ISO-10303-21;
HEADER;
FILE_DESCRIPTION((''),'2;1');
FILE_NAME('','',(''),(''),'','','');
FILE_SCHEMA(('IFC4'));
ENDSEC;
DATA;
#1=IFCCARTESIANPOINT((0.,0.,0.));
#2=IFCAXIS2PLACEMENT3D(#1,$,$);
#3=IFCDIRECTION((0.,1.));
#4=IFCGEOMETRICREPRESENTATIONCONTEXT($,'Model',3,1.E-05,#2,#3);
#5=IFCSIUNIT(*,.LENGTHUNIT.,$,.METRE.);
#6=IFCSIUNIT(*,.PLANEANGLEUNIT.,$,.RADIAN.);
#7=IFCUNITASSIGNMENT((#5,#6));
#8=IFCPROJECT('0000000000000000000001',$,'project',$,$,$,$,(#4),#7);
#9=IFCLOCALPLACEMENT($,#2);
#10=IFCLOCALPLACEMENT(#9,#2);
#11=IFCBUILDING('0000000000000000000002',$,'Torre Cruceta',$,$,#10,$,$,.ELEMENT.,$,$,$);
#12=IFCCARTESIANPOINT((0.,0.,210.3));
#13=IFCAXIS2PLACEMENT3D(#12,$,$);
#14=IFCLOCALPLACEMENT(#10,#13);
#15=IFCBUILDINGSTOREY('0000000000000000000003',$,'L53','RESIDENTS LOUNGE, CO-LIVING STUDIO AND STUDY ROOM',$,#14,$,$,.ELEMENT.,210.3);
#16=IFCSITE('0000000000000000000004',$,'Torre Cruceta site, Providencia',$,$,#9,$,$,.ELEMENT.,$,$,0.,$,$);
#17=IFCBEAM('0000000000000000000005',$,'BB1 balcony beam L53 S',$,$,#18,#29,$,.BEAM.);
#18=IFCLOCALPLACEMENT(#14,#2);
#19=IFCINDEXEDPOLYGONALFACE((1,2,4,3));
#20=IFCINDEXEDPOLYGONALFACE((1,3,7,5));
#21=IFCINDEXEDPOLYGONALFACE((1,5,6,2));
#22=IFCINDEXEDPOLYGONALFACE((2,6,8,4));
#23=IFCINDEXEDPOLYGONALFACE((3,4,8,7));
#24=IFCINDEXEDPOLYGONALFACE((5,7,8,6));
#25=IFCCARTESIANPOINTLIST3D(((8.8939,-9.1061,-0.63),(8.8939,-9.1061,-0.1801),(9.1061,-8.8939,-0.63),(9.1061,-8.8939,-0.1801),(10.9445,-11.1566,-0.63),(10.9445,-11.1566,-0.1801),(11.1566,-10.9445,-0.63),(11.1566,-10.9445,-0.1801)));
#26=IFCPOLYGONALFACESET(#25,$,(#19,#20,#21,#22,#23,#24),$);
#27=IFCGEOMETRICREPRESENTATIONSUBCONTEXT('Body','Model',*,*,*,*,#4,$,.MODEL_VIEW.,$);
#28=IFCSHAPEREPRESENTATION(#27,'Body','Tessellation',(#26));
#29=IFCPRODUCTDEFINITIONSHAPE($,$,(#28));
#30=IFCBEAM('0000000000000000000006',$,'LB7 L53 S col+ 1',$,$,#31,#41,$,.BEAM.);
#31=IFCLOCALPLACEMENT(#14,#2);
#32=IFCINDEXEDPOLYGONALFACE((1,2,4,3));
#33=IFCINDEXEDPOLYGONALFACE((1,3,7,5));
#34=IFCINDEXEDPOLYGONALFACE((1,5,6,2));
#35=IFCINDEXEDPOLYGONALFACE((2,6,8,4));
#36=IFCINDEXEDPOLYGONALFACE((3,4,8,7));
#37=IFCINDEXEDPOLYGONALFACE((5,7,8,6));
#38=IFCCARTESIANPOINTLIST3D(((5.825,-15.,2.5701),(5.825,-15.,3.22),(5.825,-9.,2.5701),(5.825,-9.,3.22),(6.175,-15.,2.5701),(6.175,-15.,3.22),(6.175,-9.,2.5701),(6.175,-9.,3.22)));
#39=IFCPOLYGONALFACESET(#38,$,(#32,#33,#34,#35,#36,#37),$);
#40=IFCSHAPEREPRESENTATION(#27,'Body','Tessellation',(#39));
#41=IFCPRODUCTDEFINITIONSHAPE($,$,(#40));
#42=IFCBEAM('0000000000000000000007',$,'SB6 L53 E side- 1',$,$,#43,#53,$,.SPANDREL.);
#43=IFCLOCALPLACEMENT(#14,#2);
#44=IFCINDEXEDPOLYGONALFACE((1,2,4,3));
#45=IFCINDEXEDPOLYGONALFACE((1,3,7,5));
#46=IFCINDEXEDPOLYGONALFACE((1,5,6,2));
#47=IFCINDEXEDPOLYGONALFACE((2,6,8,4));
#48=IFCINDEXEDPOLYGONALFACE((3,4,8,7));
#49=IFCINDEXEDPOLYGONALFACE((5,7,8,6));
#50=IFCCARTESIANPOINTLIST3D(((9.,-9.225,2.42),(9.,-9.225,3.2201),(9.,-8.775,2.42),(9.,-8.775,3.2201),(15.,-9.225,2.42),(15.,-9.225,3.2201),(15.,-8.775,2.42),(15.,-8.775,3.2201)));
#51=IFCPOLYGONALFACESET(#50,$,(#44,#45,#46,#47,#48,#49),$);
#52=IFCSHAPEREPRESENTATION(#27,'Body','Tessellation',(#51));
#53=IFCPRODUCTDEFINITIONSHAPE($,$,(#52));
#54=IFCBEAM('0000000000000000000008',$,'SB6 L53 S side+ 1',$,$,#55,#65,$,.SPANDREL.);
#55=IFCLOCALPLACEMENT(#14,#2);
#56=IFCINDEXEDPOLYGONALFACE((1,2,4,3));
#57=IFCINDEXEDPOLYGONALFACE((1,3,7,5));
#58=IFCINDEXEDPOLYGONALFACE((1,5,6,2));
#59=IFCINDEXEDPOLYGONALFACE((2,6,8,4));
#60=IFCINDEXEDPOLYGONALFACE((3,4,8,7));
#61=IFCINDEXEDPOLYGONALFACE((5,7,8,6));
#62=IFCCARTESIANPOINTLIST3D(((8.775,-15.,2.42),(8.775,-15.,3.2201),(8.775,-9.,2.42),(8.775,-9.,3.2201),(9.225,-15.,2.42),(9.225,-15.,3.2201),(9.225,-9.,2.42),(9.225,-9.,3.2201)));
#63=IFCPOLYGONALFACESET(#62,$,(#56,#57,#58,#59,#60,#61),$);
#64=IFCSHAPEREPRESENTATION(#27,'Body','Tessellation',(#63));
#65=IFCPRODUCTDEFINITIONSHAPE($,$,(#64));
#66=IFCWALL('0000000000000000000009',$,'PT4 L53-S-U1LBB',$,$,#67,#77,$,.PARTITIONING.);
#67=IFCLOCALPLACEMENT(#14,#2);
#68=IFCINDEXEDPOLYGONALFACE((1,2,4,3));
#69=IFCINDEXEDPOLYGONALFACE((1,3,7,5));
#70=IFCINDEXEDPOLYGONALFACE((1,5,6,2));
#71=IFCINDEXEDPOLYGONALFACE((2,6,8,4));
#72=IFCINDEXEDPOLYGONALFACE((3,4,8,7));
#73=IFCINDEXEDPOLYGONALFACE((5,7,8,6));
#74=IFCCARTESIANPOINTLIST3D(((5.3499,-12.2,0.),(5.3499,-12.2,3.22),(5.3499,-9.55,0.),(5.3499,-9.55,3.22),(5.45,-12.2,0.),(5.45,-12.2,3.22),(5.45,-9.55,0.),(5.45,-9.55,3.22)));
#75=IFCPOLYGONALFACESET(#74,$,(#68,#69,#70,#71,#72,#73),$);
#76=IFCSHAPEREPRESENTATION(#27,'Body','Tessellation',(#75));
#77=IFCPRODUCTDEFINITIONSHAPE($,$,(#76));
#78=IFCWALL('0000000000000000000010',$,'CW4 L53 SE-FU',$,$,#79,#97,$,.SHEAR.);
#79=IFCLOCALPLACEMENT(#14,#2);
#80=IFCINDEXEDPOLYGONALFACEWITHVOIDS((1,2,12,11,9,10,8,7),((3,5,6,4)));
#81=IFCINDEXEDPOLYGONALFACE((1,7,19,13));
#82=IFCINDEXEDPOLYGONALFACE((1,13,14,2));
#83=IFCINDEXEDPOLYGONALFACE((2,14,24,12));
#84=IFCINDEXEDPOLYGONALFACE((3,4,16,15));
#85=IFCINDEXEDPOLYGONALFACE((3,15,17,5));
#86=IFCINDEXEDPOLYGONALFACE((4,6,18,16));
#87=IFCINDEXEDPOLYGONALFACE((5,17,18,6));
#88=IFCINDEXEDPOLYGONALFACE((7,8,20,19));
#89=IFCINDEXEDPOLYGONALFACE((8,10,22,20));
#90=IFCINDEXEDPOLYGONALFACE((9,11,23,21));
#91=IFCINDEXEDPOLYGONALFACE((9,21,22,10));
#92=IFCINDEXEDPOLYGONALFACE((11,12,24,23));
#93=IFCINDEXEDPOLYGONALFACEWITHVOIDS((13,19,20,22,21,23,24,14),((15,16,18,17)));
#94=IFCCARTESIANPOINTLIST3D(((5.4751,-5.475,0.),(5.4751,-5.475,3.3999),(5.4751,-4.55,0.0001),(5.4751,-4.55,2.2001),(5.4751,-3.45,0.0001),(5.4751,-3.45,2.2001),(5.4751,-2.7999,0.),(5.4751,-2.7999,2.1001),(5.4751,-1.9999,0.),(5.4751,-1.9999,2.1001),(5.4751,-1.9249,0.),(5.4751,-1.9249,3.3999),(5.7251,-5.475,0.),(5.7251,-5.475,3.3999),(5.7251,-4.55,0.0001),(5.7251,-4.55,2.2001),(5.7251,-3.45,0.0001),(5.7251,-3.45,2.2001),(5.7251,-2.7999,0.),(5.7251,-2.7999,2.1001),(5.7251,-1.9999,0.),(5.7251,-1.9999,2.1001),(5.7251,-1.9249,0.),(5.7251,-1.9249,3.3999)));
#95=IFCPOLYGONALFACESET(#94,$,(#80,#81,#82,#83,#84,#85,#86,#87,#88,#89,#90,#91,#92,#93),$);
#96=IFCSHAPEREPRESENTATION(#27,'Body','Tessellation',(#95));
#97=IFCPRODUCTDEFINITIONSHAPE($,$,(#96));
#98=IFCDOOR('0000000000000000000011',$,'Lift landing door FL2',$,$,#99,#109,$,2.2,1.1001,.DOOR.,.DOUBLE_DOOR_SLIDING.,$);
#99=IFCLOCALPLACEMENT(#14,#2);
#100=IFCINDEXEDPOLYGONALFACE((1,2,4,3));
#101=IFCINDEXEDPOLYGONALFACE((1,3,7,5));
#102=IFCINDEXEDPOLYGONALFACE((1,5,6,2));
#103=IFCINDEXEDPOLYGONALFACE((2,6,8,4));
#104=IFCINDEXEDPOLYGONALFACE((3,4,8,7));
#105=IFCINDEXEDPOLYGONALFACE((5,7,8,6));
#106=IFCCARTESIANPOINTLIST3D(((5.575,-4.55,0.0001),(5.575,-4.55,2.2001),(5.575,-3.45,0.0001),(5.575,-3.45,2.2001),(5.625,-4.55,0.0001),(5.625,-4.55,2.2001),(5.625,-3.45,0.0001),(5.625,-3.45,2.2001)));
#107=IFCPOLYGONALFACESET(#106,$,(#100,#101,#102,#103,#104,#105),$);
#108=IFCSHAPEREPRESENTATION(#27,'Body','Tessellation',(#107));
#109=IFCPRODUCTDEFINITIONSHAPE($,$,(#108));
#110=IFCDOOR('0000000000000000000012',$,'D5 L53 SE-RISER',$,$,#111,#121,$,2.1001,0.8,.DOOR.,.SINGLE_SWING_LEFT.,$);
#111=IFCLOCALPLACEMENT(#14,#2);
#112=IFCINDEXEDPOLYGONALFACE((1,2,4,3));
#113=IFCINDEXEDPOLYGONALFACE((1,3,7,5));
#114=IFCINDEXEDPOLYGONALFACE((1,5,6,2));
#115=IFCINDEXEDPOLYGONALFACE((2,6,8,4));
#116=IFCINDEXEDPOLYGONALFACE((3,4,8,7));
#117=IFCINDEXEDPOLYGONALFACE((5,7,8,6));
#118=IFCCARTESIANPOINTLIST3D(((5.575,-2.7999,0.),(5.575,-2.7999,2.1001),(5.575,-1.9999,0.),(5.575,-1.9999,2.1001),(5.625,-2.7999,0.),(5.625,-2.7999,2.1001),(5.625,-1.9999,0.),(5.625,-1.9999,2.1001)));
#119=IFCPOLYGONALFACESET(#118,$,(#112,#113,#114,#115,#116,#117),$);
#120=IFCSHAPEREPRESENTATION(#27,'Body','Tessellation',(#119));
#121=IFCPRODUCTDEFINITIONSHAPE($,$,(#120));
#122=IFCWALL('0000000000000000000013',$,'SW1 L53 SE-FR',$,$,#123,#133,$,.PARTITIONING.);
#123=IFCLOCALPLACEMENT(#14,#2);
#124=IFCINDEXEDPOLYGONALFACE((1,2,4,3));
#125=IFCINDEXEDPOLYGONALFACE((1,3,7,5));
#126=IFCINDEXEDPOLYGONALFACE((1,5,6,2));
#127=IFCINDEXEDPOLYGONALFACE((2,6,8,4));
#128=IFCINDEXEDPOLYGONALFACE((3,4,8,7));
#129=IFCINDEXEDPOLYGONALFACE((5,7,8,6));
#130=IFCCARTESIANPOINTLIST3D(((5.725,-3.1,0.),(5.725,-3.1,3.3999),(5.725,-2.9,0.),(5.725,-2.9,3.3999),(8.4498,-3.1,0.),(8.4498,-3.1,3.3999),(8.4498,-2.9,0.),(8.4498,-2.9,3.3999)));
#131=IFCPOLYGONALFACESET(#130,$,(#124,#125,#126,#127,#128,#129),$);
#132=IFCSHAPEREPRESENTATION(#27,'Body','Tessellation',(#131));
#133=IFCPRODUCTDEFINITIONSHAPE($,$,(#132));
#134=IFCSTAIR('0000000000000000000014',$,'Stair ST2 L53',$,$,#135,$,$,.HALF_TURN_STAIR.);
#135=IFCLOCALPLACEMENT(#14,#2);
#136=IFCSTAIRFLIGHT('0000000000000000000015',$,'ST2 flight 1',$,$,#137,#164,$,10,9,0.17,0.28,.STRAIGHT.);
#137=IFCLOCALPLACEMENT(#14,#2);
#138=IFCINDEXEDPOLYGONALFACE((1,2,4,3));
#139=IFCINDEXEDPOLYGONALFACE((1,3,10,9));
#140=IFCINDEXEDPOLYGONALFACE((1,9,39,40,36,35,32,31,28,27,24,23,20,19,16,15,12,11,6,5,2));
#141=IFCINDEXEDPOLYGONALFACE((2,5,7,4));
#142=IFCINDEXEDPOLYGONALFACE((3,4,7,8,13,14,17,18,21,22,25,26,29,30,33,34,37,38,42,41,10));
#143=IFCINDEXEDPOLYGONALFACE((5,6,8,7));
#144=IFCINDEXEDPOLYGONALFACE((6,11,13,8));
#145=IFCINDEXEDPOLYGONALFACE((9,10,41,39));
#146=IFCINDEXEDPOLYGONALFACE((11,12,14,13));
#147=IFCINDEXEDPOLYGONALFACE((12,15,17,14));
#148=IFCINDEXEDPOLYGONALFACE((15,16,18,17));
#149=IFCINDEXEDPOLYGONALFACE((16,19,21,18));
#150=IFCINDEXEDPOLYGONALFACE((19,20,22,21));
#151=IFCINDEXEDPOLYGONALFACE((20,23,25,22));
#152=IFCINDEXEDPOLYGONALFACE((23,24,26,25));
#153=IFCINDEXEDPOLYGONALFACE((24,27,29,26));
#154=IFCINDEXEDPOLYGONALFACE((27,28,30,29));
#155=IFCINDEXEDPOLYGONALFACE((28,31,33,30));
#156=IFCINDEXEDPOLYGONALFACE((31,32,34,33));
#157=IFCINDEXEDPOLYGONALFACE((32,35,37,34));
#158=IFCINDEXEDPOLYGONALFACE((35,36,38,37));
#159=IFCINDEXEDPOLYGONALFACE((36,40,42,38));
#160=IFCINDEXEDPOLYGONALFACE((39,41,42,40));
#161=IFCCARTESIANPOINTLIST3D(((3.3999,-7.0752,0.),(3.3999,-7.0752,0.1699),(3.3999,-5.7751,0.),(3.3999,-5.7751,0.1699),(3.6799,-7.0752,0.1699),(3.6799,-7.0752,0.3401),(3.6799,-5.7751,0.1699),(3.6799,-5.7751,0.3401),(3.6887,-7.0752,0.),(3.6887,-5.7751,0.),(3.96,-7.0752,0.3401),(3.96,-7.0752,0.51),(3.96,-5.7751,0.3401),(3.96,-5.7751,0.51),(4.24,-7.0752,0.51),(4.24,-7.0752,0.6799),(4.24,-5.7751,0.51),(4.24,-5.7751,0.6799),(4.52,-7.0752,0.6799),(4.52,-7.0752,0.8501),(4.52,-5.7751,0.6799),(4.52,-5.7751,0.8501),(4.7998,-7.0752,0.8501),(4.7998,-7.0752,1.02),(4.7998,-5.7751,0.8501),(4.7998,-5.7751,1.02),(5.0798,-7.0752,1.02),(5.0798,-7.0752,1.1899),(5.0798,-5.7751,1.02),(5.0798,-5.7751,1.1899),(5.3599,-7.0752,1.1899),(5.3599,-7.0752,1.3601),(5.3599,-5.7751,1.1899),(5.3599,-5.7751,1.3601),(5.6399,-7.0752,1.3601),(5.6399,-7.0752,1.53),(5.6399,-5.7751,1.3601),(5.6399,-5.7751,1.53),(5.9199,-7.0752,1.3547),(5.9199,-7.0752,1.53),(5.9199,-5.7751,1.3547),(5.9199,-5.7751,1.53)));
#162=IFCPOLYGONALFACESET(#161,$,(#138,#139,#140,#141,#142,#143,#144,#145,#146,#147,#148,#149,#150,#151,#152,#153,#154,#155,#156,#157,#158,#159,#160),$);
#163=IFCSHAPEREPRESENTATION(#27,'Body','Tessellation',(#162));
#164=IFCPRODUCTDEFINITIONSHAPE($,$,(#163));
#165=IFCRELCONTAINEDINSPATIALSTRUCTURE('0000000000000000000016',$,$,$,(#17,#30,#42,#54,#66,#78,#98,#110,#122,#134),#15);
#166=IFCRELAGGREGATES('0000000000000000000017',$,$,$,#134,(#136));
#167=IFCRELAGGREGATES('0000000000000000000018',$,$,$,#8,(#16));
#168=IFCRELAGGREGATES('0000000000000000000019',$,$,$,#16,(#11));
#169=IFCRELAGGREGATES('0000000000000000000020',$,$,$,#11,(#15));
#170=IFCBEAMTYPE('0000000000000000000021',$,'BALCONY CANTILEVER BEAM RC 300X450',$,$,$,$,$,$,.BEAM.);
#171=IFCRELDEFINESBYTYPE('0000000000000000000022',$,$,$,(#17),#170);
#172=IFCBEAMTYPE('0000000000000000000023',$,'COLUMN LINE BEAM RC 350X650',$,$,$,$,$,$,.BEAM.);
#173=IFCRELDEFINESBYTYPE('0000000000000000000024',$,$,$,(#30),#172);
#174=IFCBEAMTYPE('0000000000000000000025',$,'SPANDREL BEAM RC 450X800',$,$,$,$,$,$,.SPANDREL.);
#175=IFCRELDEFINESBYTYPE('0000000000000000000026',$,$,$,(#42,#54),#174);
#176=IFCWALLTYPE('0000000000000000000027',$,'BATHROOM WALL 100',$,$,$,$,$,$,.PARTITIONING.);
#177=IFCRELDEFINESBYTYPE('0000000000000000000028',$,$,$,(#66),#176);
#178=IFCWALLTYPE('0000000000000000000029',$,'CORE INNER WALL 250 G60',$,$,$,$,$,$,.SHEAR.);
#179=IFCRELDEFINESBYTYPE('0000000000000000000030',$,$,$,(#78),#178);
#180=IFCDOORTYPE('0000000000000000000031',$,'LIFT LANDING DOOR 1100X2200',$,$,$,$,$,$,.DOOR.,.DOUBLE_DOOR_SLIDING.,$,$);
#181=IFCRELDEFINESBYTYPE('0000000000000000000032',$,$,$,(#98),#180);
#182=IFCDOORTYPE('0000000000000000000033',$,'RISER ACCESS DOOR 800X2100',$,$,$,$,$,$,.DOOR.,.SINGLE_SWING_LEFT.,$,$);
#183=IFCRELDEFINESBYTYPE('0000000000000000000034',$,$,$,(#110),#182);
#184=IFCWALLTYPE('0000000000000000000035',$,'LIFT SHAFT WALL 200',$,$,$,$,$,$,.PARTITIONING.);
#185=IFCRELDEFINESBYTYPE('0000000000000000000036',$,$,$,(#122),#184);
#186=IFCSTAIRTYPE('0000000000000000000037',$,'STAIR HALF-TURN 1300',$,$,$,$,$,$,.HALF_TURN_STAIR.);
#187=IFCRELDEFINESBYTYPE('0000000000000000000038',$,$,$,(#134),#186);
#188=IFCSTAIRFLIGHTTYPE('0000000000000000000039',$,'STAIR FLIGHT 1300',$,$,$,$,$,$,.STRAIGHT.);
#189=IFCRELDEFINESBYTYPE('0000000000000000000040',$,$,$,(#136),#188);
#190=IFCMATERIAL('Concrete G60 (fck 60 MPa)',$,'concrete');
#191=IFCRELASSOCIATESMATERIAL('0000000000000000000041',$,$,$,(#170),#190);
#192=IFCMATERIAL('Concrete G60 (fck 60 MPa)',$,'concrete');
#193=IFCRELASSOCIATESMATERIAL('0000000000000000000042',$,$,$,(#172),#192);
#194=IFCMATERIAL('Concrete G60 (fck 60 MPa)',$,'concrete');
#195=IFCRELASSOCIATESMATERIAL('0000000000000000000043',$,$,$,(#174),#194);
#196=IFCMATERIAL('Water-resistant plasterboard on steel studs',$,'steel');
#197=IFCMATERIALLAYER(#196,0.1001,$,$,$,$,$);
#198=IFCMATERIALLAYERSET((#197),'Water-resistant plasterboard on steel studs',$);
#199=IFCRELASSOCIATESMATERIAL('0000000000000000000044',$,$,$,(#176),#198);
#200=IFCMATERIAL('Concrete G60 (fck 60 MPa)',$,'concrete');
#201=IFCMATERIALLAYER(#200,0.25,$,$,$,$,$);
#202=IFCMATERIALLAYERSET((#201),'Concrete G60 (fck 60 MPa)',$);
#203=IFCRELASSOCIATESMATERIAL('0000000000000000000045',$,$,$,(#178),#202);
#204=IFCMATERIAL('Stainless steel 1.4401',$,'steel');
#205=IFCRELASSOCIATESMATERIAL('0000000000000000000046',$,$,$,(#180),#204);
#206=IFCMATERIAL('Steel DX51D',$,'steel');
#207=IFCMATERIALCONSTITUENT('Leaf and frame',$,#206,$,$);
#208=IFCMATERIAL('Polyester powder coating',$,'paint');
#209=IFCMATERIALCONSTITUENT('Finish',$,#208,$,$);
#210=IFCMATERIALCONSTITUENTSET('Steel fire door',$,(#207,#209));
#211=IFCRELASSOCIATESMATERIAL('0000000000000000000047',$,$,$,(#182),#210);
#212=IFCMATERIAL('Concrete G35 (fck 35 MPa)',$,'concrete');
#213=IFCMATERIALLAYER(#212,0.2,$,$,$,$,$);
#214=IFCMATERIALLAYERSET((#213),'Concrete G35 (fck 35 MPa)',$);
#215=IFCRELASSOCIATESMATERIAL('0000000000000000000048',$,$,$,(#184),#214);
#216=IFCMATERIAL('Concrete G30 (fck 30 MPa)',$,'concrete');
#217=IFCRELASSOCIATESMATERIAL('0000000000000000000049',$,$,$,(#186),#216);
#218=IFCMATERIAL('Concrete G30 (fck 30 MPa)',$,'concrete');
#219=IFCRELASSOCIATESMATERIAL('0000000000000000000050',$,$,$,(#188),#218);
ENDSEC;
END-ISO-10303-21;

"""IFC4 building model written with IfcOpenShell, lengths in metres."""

from ifc_helpers import new_model, si_unit, direction, frame, frame_2d, origin, origin_2d, place, context, subcontext, project, spatial, polyline, rectangle, outline, extrude, material, layer, layer_set, constituent, constituent_set, material_profile, profile_set, type_object, element, fill, aggregate, save


model = new_model("IFC4")

# Units and contexts
model_context = context("Model", 3, precision=1e-05, world=origin(), true_north=direction((0.0, 1.0)))
body_context = subcontext(model_context, "Body", "Model", "MODEL_VIEW")
ifc_project = project(units=[si_unit("LENGTHUNIT", "METRE"), si_unit("PLANEANGLEUNIT", "RADIAN")], contexts=[model_context])

# Site, building, storey
site_placement = place(None, origin())
site = spatial("IfcSite", under=ifc_project, at=site_placement, Name="Torre Cruceta site, Providencia", CompositionType="ELEMENT", RefElevation=0.0)
building_placement = place(site_placement, origin())
building = spatial("IfcBuilding", under=site, at=building_placement, Name="Torre Cruceta", CompositionType="ELEMENT")
storey_placement = place(building_placement, frame((0.0, 0.0, 210.3)))
storey = spatial("IfcBuildingStorey", under=building, at=storey_placement, Name="L53", Description="RESIDENTS LOUNGE, CO-LIVING STUDIO AND STUDY ROOM", CompositionType="ELEMENT", Elevation=210.3)

# Beams
ifc_material_1 = material(Name="Concrete G60 (fck 60 MPa)", Category="concrete")
ifc_material_profile_1 = material_profile(ifc_material_1, rectangle(XDim=0.3, YDim=0.45, at=origin_2d()), Name="RC 300X450")
ifc_profile_set_1 = profile_set([ifc_material_profile_1], Name="Concrete G60 (fck 60 MPa)")
beam_type_1 = type_object("IfcBeamType", Name="BALCONY CANTILEVER BEAM RC 300X450", PredefinedType="BEAM", material=ifc_profile_set_1)
beam_1_placement = place(storey_placement, frame((9.0, -9.0, -0.405), z_axis=(0.707107, -0.707107, 0.0), x_axis=(0.707107, 0.707107, 0.0)))
element("IfcBeam", 1, at=beam_1_placement, inside=storey, type_object=beam_type_1, Name="BB1 balcony beam L53 S", PredefinedType="BEAM", context=body_context, shape_type="SweptSolid", body=[
    extrude(rectangle(XDim=0.3, YDim=0.45, at=origin_2d()), origin(), (0.0, 0.0, 1.0), 2.8999),
])
ifc_material_2 = material(Name="Concrete G60 (fck 60 MPa)", Category="concrete")
ifc_material_profile_2 = material_profile(ifc_material_2, rectangle(XDim=0.3501, YDim=0.6499, at=origin_2d()), Name="RC 350X650")
ifc_profile_set_2 = profile_set([ifc_material_profile_2], Name="Concrete G60 (fck 60 MPa)")
beam_type_2 = type_object("IfcBeamType", Name="COLUMN LINE BEAM RC 350X650", PredefinedType="BEAM", material=ifc_profile_set_2)
beam_2_placement = place(storey_placement, frame((6.0, -9.0, 2.895), z_axis=(0.0, -1.0, 0.0), x_axis=(1.0, 0.0, 0.0)))
element("IfcBeam", 2, at=beam_2_placement, inside=storey, type_object=beam_type_2, Name="LB7 L53 S col+ 1", PredefinedType="BEAM", context=body_context, shape_type="SweptSolid", body=[
    extrude(rectangle(XDim=0.3501, YDim=0.6499, at=origin_2d()), origin(), (0.0, 0.0, 1.0), 6.0),
])
ifc_material_3 = material(Name="Concrete G60 (fck 60 MPa)", Category="concrete")
ifc_material_profile_3 = material_profile(ifc_material_3, rectangle(XDim=0.45, YDim=0.8, at=origin_2d()), Name="RC 450X800")
ifc_profile_set_3 = profile_set([ifc_material_profile_3], Name="Concrete G60 (fck 60 MPa)")
beam_type_3 = type_object("IfcBeamType", Name="SPANDREL BEAM RC 450X800", PredefinedType="SPANDREL", material=ifc_profile_set_3)
for number, where, z_axis, x_axis, name in (
    (3, (9.0, -9.0, 2.8201), (1.0, 0.0, 0.0), (0.0, 1.0, 0.0), "SB6 L53 E side- 1"),
    (4, (9.0, -9.0, 2.8201), (0.0, -1.0, 0.0), (1.0, 0.0, 0.0), "SB6 L53 S side+ 1"),
):
    element("IfcBeam", number, at=place(storey_placement, frame(where, z_axis=z_axis, x_axis=x_axis)), inside=storey, type_object=beam_type_3, Name=name, PredefinedType="SPANDREL", context=body_context, shape_type="SweptSolid", body=[
        extrude(rectangle(XDim=0.45, YDim=0.8, at=origin_2d()), origin(), (0.0, 0.0, 1.0), 6.0),
    ])

# Wall
ifc_material_4 = material(Name="Water-resistant plasterboard on steel studs", Category="steel")
ifc_layer_1 = layer(ifc_material_4, 0.1001)
ifc_layer_set_1 = layer_set([ifc_layer_1], Name="Water-resistant plasterboard on steel studs")
wall_type_1 = type_object("IfcWallType", Name="BATHROOM WALL 100", PredefinedType="PARTITIONING", material=ifc_layer_set_1)
wall_1_placement = place(storey_placement, frame((5.3999, -9.55, 0.0), z_axis=(0.0, 0.0, 1.0), x_axis=(0.0, -1.0, 0.0)))
element("IfcWall", 5, at=wall_1_placement, inside=storey, type_object=wall_type_1, Name="PT4 L53-S-U1LBB", PredefinedType="PARTITIONING", context=body_context, shape_type="SweptSolid", body=[
    extrude(rectangle(XDim=2.6499, YDim=0.1001, at=frame_2d((1.325, 0.0))), origin(), (0.0, 0.0, 1.0), 3.22),
])

# Wall, openings, doors
ifc_material_5 = material(Name="Concrete G60 (fck 60 MPa)", Category="concrete")
ifc_layer_2 = layer(ifc_material_5, 0.25)
ifc_layer_set_2 = layer_set([ifc_layer_2], Name="Concrete G60 (fck 60 MPa)")
wall_type_2 = type_object("IfcWallType", Name="CORE INNER WALL 250 G60", PredefinedType="SHEAR", material=ifc_layer_set_2)
wall_2_placement = place(storey_placement, frame((5.6001, -1.925, 0.0), z_axis=(0.0, 0.0, 1.0), x_axis=(0.0, -1.0, 0.0)))
wall_2 = element("IfcWall", 6, at=wall_2_placement, inside=storey, type_object=wall_type_2, Name="CW4 L53 SE-FU", PredefinedType="SHEAR", context=body_context, shape_type="SweptSolid", body=[
    extrude(rectangle(XDim=3.55, YDim=0.25, at=frame_2d((1.7749, 0.0))), origin(), (0.0, 0.0, 1.0), 3.3999),
])
opening_1_placement = place(wall_2_placement, frame((1.5249, 0.0, 0.0)))
opening_1 = element("IfcOpeningElement", 7, at=opening_1_placement, cuts=wall_2, PredefinedType="OPENING", context=body_context, shape_type="SweptSolid", body=[
    extrude(rectangle(XDim=1.1001, YDim=2.2, at=frame_2d((0.55, 1.1001))), frame((0.0, 0.135, 0.0), z_axis=(0.0, -1.0, 0.0), x_axis=(1.0, 0.0, 0.0)), (0.0, 0.0, 1.0), 0.27),
])
opening_2_placement = place(wall_2_placement, frame((0.075, 0.0, 0.0)))
opening_2 = element("IfcOpeningElement", 8, at=opening_2_placement, cuts=wall_2, PredefinedType="OPENING", context=body_context, shape_type="SweptSolid", body=[
    extrude(rectangle(XDim=0.8, YDim=2.1001, at=frame_2d((0.3999, 1.05))), frame((0.0, 0.135, 0.0), z_axis=(0.0, -1.0, 0.0), x_axis=(1.0, 0.0, 0.0)), (0.0, 0.0, 1.0), 0.27),
])
ifc_material_6 = material(Name="Stainless steel 1.4401", Category="steel")
door_type_1 = type_object("IfcDoorType", Name="LIFT LANDING DOOR 1100X2200", OperationType="DOUBLE_DOOR_SLIDING", PredefinedType="DOOR", material=ifc_material_6)
door_1_placement = place(opening_1_placement, origin())
door_1 = element("IfcDoor", 9, at=door_1_placement, inside=storey, type_object=door_type_1, Name="Lift landing door FL2", OperationType="DOUBLE_DOOR_SLIDING", OverallHeight=2.2, OverallWidth=1.1001, PredefinedType="DOOR", context=body_context, shape_type="SweptSolid", body=[
    extrude(rectangle(XDim=1.1001, YDim=2.2, at=frame_2d((0.55, 1.1001))), frame((0.0, 0.0249, 0.0), z_axis=(0.0, -1.0, 0.0), x_axis=(1.0, 0.0, 0.0)), (0.0, 0.0, 1.0), 0.05),
])
fill(opening_1, door_1)
ifc_material_7 = material(Name="Steel DX51D", Category="steel")
ifc_constituent_1 = constituent(ifc_material_7, Name="Leaf and frame")
ifc_material_8 = material(Name="Polyester powder coating", Category="paint")
ifc_constituent_2 = constituent(ifc_material_8, Name="Finish")
ifc_constituent_set_1 = constituent_set(constituents=[ifc_constituent_1, ifc_constituent_2], Name="Steel fire door")
door_type_2 = type_object("IfcDoorType", Name="RISER ACCESS DOOR 800X2100", OperationType="SINGLE_SWING_LEFT", PredefinedType="DOOR", material=ifc_constituent_set_1)
door_2_placement = place(opening_2_placement, origin())
door_2 = element("IfcDoor", 10, at=door_2_placement, inside=storey, type_object=door_type_2, Name="D5 L53 SE-RISER", OperationType="SINGLE_SWING_LEFT", OverallHeight=2.1001, OverallWidth=0.8, PredefinedType="DOOR", context=body_context, shape_type="SweptSolid", body=[
    extrude(rectangle(XDim=0.8, YDim=2.1001, at=frame_2d((0.3999, 1.05))), frame((0.0, 0.0249, 0.0), z_axis=(0.0, -1.0, 0.0), x_axis=(1.0, 0.0, 0.0)), (0.0, 0.0, 1.0), 0.05),
])
fill(opening_2, door_2)

# Wall
ifc_material_9 = material(Name="Concrete G35 (fck 35 MPa)", Category="concrete")
ifc_layer_3 = layer(ifc_material_9, 0.2)
ifc_layer_set_3 = layer_set([ifc_layer_3], Name="Concrete G35 (fck 35 MPa)")
wall_type_3 = type_object("IfcWallType", Name="LIFT SHAFT WALL 200", PredefinedType="PARTITIONING", material=ifc_layer_set_3)
wall_3_placement = place(storey_placement, frame((5.7251, -3.0, 0.0), z_axis=(0.0, 0.0, 1.0), x_axis=(1.0, 0.0, 0.0)))
element("IfcWall", 11, at=wall_3_placement, inside=storey, type_object=wall_type_3, Name="SW1 L53 SE-FR", PredefinedType="PARTITIONING", context=body_context, shape_type="SweptSolid", body=[
    extrude(rectangle(XDim=2.7249, YDim=0.2, at=frame_2d((1.3623, 0.0))), origin(), (0.0, 0.0, 1.0), 3.3999),
])

# Stair, stair flight
ifc_material_10 = material(Name="Concrete G30 (fck 30 MPa)", Category="concrete")
stair_type = type_object("IfcStairType", Name="STAIR HALF-TURN 1300", PredefinedType="HALF_TURN_STAIR", material=ifc_material_10)
stair_placement = place(storey_placement, origin())
stair = element("IfcStair", 12, at=stair_placement, inside=storey, type_object=stair_type, Name="Stair ST2 L53", PredefinedType="HALF_TURN_STAIR")
ifc_material_11 = material(Name="Concrete G30 (fck 30 MPa)", Category="concrete")
stair_flight_type = type_object("IfcStairFlightType", Name="STAIR FLIGHT 1300", PredefinedType="STRAIGHT", material=ifc_material_11)
stair_flight_1_placement = place(storey_placement, frame((3.3999, -6.425, 0.0), z_axis=(0.0, 0.0, 1.0), x_axis=(1.0, 0.0, 0.0)))
stair_flight_1 = element("IfcStairFlight", 13, at=stair_flight_1_placement, type_object=stair_flight_type, Name="ST2 flight 1", NumberOfRisers=10, NumberOfTreads=9, PredefinedType="STRAIGHT", RiserHeight=0.17, TreadLength=0.28, context=body_context, shape_type="SweptSolid", body=[
    extrude(outline(polyline([(0.0, 0.0), (0.0, 0.1699), (0.28, 0.1699), (0.28, 0.3401), (0.5601, 0.3401), (0.5601, 0.51), (0.8401, 0.51), (0.8401, 0.6799), (1.1201, 0.6799), (1.1201, 0.8501), (1.3999, 0.8501), (1.3999, 1.02), (1.6799, 1.02), (1.6799, 1.1899), (1.96, 1.1899), (1.96, 1.3601), (2.24, 1.3601), (2.24, 1.53), (2.52, 1.53), (2.52, 1.7), (2.52, 1.3547), (0.2888, 0.0), (0.0, 0.0)])), frame((0.0, 0.6499, 0.0), z_axis=(0.0, -1.0, 0.0), x_axis=(1.0, 0.0, 0.0)), (0.0, 0.0, 1.0), 1.3),
])
aggregate(stair, [stair_flight_1])

save(model, "model.ifc")
